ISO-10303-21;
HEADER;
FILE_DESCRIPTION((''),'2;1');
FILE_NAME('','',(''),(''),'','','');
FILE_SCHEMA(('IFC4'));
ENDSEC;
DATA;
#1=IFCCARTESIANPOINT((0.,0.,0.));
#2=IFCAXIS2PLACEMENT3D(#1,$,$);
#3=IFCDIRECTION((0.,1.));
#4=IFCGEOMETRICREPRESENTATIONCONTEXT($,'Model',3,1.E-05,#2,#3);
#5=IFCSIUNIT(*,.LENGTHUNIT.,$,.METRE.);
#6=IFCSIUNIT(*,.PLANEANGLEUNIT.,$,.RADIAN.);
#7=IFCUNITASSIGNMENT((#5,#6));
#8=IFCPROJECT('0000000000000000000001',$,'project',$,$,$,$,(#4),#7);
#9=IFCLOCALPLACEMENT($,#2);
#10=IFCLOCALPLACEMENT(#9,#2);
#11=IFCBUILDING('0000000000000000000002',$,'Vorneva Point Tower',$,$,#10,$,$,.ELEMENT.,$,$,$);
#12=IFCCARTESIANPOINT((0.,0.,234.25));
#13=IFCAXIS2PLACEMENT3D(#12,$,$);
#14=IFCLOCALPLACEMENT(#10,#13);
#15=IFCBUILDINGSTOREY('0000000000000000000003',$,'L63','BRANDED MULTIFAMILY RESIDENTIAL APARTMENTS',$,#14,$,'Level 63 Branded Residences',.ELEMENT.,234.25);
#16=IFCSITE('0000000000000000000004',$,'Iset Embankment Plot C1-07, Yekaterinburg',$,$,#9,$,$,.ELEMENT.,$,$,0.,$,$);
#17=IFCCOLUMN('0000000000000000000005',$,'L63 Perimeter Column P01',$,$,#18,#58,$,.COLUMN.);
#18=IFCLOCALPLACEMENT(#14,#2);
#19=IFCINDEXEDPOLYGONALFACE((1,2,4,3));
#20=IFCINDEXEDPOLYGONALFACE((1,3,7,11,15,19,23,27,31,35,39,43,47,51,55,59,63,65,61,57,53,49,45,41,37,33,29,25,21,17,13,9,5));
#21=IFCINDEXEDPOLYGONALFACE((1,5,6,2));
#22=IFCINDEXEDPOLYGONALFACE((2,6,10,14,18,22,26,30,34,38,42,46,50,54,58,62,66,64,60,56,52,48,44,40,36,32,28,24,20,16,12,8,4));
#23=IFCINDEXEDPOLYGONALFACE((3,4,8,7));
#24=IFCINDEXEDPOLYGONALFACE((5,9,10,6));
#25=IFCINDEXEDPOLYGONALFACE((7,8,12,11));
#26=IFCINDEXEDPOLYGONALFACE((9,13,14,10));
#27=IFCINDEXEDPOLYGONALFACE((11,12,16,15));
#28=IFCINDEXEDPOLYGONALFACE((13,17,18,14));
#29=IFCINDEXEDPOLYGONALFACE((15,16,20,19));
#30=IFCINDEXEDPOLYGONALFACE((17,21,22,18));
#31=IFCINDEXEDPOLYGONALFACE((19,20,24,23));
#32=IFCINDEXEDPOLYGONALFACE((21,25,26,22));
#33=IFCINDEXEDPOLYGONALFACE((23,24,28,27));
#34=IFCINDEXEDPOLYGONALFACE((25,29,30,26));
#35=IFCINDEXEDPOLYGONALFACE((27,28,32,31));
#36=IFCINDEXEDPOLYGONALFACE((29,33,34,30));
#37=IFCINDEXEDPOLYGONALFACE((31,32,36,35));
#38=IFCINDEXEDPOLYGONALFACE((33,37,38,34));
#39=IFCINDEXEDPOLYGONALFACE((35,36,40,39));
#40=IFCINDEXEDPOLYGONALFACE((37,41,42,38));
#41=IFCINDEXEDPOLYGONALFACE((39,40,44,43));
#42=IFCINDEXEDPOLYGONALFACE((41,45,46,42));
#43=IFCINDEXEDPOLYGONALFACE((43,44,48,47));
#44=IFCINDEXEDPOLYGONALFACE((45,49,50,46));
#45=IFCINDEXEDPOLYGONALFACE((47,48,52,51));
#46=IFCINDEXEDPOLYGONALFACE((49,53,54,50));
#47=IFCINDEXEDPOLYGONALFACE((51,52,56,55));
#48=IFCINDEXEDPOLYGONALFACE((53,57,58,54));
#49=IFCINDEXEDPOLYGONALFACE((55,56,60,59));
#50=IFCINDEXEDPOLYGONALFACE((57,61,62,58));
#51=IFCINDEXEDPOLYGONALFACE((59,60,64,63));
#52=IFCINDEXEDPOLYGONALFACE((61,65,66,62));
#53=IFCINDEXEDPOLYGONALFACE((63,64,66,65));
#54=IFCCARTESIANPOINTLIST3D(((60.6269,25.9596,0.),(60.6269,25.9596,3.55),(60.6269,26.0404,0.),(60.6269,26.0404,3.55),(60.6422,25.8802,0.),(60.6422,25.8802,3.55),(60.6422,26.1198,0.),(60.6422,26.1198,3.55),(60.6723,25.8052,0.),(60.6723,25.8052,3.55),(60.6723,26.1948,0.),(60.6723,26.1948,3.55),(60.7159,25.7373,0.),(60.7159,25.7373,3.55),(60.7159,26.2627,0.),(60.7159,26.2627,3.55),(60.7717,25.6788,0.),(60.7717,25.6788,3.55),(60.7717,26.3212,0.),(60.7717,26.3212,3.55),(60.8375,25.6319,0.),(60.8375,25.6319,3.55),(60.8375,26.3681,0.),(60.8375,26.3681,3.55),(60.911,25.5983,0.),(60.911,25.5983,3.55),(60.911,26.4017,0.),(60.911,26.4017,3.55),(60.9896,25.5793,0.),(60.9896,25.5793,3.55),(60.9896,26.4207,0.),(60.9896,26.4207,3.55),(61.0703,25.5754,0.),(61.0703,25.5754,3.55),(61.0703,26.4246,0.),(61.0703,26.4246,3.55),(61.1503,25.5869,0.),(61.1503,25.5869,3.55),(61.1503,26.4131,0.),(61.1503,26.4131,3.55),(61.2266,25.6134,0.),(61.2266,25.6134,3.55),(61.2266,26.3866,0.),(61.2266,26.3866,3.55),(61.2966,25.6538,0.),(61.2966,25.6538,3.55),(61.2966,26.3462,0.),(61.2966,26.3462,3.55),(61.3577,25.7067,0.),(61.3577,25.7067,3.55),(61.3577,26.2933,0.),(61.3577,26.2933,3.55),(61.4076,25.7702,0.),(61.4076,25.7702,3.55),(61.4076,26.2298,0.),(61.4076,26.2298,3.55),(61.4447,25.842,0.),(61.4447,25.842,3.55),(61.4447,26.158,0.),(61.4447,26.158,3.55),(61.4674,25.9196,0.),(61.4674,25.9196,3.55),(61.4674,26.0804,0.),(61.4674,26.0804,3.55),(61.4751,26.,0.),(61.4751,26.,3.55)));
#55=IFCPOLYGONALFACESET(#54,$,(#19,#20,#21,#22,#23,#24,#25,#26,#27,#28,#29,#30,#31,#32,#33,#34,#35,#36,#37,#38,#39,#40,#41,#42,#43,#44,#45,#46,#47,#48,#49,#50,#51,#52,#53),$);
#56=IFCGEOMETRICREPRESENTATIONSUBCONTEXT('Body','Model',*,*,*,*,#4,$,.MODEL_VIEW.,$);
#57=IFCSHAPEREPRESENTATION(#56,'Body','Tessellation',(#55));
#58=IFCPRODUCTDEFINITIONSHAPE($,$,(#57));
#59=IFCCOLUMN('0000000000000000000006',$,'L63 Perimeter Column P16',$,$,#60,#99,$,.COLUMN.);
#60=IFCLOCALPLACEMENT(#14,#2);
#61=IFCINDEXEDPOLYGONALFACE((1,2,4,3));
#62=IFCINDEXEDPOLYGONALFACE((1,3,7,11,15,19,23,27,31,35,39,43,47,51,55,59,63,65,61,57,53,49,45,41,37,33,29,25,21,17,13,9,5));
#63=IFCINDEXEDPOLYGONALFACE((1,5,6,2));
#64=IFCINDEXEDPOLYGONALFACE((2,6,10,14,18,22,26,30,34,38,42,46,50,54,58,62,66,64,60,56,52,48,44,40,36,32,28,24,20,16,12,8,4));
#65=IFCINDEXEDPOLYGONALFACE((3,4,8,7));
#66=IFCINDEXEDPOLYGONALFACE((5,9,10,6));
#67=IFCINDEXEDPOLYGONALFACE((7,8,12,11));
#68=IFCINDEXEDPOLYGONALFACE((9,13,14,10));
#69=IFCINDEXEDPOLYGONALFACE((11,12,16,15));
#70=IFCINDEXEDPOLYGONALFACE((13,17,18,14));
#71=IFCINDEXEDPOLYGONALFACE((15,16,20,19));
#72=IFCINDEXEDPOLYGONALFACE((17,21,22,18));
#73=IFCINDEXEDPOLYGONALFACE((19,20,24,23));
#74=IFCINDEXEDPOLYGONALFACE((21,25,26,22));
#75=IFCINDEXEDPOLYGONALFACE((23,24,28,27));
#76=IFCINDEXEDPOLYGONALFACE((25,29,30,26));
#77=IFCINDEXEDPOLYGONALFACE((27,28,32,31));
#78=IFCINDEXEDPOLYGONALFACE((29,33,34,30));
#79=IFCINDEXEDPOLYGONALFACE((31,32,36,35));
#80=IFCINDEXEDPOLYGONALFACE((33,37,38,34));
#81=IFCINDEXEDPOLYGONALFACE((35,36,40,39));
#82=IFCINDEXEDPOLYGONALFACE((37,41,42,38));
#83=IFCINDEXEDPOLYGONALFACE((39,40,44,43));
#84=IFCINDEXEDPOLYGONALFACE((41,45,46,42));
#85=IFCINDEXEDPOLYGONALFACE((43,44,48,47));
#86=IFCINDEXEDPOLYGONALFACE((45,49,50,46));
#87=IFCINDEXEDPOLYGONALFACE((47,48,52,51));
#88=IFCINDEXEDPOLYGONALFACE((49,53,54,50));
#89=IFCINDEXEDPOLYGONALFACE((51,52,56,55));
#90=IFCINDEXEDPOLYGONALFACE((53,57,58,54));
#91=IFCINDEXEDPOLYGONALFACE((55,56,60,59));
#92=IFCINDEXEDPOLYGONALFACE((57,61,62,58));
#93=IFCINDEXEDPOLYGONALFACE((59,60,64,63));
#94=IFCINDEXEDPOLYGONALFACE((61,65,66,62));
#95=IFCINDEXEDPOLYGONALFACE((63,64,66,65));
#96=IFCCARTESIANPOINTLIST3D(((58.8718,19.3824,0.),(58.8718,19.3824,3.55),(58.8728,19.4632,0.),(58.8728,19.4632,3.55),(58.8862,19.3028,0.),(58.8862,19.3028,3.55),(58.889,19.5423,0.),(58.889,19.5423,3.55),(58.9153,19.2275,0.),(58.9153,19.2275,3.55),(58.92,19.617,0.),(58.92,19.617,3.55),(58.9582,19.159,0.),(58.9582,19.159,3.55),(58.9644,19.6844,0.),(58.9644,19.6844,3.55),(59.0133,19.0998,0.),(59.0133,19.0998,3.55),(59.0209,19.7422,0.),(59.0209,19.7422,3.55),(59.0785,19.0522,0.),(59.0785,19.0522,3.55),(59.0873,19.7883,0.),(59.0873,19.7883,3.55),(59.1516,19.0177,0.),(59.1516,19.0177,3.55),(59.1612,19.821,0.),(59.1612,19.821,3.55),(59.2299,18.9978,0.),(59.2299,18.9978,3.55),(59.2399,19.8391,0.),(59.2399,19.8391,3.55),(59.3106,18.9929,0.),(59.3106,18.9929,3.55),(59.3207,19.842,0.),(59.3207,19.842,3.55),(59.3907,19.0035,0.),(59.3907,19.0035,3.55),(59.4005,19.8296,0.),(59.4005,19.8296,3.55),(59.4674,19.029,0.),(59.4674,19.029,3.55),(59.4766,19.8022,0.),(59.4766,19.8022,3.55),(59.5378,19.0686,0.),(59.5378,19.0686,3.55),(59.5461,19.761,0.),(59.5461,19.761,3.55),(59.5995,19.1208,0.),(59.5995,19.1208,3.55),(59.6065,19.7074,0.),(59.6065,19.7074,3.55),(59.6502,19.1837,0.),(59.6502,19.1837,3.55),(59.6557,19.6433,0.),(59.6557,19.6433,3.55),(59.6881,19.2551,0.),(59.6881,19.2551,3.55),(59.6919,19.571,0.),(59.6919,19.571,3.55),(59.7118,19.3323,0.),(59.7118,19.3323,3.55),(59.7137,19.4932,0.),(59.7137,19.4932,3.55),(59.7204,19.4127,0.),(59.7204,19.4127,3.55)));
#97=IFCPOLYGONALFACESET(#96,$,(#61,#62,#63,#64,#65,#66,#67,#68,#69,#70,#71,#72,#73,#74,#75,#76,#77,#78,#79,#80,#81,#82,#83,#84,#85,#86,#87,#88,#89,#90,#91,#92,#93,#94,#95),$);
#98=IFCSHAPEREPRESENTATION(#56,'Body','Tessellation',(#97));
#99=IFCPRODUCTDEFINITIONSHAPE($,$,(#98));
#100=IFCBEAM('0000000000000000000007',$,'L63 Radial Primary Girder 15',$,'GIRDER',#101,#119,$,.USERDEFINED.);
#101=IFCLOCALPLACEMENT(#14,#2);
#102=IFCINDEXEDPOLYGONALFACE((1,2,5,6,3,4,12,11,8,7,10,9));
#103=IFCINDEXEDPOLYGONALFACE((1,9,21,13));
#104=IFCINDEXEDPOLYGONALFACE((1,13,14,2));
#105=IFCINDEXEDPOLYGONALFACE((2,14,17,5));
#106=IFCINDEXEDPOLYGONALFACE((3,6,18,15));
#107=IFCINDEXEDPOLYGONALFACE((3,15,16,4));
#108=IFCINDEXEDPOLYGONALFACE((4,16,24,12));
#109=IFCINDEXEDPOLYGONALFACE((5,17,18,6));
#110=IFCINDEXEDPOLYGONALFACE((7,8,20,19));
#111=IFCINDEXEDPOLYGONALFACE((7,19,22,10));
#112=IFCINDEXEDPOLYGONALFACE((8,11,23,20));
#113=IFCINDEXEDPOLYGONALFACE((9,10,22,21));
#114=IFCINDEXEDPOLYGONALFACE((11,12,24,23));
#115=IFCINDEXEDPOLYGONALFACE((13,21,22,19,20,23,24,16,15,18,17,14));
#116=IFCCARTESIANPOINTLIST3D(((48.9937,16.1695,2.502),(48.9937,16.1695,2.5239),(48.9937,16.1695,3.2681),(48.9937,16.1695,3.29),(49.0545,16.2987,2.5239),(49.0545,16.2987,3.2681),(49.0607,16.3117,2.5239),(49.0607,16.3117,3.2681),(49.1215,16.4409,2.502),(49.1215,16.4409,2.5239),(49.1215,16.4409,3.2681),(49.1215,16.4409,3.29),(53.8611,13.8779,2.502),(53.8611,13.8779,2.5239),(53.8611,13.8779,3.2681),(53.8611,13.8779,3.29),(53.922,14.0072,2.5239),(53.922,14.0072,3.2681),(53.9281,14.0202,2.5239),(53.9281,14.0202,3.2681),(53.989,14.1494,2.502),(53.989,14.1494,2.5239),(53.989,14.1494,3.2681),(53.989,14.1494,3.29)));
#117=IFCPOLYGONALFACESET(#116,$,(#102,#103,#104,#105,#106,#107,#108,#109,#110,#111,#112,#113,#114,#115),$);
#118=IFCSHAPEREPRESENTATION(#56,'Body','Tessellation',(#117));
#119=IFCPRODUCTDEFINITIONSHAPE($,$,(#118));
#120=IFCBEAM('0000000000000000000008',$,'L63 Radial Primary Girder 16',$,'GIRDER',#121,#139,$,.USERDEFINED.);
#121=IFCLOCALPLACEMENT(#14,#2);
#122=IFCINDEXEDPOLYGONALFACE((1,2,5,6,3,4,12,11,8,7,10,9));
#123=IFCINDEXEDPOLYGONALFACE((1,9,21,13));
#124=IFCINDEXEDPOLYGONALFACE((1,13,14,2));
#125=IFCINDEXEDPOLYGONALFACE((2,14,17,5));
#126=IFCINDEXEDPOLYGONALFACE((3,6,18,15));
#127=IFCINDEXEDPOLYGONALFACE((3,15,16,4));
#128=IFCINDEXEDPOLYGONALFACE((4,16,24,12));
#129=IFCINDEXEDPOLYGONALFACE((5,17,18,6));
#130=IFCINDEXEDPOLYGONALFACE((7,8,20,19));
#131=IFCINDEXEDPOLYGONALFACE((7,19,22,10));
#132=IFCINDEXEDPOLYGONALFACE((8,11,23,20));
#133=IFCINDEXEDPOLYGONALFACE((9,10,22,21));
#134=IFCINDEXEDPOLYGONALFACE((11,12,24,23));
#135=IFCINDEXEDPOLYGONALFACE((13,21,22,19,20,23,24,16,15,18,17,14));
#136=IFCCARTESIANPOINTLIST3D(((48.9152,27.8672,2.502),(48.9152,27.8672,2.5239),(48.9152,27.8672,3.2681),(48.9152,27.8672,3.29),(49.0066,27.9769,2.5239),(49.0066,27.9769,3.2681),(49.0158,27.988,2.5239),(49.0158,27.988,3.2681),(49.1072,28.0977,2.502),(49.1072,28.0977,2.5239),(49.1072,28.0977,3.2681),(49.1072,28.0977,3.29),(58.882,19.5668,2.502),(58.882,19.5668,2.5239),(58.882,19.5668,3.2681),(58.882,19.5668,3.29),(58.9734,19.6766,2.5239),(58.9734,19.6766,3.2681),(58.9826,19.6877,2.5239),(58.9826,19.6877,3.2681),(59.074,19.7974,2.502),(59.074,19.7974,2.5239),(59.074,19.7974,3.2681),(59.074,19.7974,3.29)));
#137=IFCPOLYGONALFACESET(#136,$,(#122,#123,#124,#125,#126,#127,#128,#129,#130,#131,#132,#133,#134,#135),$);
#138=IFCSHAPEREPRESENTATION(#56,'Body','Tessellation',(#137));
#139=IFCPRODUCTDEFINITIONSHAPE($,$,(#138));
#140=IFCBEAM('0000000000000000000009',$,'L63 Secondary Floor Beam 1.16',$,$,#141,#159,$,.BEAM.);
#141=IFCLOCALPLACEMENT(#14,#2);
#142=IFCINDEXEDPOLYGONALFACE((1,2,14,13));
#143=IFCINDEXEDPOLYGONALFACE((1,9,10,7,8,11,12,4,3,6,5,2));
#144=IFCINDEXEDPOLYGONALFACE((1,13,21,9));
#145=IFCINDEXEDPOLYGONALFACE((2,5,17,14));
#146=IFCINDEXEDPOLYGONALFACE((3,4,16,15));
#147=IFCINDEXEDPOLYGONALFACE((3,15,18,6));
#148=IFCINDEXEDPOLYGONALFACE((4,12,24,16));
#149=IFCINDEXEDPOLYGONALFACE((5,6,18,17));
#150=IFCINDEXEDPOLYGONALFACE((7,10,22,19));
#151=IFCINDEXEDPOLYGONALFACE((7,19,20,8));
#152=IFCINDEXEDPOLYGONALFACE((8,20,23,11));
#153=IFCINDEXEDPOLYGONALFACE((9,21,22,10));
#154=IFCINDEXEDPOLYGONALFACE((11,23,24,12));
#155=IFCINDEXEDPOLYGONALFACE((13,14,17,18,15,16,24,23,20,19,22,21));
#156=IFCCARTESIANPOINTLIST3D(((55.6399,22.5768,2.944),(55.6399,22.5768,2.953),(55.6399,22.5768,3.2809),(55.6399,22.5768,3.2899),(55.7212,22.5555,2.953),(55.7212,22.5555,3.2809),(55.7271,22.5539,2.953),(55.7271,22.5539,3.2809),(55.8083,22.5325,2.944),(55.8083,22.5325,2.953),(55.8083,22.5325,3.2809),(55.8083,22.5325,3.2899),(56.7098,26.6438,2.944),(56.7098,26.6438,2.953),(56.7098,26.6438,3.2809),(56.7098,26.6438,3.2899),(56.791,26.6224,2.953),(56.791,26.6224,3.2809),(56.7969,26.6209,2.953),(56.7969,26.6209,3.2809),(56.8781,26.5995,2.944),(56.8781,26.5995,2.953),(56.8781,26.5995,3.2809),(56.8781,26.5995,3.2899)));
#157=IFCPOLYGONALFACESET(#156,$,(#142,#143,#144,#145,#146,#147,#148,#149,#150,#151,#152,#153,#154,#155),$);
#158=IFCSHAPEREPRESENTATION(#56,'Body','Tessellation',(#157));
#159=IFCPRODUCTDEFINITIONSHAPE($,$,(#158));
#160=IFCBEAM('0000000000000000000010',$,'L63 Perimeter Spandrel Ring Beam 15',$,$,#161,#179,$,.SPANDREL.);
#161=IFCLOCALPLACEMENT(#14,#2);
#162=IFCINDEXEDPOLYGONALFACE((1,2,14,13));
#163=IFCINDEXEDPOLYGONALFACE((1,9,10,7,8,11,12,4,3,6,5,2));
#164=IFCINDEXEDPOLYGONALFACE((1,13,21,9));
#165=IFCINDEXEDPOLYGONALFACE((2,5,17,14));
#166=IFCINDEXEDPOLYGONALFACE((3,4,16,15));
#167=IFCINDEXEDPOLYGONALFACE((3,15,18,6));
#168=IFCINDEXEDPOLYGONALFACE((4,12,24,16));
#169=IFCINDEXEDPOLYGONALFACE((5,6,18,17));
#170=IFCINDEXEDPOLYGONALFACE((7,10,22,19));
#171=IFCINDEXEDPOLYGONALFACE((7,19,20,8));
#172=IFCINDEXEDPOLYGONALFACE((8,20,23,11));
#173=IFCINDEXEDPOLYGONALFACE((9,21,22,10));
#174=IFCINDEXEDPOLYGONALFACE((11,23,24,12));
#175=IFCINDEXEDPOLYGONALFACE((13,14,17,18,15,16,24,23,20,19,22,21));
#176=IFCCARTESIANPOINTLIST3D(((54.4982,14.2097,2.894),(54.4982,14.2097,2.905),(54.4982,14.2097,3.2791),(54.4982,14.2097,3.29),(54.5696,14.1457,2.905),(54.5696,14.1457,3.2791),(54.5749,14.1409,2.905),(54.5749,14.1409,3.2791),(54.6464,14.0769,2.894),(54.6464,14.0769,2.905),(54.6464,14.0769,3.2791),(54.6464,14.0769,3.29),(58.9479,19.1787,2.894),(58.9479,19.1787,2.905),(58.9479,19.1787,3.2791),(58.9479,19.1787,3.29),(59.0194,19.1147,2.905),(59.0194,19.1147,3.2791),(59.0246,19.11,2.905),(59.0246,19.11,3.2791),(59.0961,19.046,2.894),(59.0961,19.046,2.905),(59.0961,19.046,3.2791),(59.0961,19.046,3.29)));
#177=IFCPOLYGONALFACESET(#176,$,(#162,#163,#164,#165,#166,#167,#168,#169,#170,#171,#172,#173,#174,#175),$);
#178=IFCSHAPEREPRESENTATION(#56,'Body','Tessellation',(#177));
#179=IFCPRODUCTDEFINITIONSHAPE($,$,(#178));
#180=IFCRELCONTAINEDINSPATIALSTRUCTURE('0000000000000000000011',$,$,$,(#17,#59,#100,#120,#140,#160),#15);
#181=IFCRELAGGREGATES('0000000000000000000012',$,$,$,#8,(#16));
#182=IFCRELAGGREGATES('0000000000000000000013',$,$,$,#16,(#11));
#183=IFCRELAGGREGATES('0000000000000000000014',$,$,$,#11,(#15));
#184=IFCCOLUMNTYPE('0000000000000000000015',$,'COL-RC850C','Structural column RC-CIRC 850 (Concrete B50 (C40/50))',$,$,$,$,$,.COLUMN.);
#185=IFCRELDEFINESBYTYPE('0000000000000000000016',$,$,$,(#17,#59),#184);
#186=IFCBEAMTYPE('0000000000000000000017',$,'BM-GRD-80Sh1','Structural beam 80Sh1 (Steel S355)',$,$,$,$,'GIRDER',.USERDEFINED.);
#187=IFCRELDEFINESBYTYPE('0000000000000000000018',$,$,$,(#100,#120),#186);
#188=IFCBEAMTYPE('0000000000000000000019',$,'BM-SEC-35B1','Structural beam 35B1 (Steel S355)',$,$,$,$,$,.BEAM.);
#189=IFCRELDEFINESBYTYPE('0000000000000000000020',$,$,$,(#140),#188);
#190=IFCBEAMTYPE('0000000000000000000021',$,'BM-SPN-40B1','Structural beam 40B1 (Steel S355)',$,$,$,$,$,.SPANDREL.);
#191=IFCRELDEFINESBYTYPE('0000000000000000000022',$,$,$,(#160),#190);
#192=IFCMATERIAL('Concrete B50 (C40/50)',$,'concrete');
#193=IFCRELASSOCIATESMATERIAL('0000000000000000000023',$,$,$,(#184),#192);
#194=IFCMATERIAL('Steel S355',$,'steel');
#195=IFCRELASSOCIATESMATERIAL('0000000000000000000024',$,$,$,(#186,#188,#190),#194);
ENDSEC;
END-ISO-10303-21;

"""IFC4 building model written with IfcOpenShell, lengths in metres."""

from ifc_helpers import new_model, si_unit, direction, frame, origin, origin_2d, place, context, subcontext, project, spatial, circle, i_section, extrude, material, material_profile, profile_set, type_object, element, save


model = new_model("IFC4")

# Units and contexts
model_context = context("Model", 3, precision=1e-05, world=origin(), true_north=direction((0.0, 1.0)))
body_context = subcontext(model_context, "Body", "Model", "MODEL_VIEW")
ifc_project = project(units=[si_unit("LENGTHUNIT", "METRE"), si_unit("PLANEANGLEUNIT", "RADIAN")], contexts=[model_context])

# Site, building, storey
site_placement = place(None, origin())
site = spatial("IfcSite", under=ifc_project, at=site_placement, Name="Iset Embankment Plot C1-07, Yekaterinburg", CompositionType="ELEMENT", RefElevation=0.0)
building_placement = place(site_placement, origin())
building = spatial("IfcBuilding", under=site, at=building_placement, Name="Vorneva Point Tower", CompositionType="ELEMENT")
storey_placement = place(building_placement, frame((0.0, 0.0, 234.25)))
storey = spatial("IfcBuildingStorey", under=building, at=storey_placement, Name="L63", Description="BRANDED MULTIFAMILY RESIDENTIAL APARTMENTS", LongName="Level 63 Branded Residences", CompositionType="ELEMENT", Elevation=234.25)

# Columns
ifc_material_1 = material(Name="Concrete B50 (C40/50)", Category="concrete")
ifc_material_profile_1 = material_profile(ifc_material_1, circle(Radius=0.425, at=origin_2d()), Name="RC-CIRC 850")
ifc_profile_set_1 = profile_set([ifc_material_profile_1], Name="Concrete B50 (C40/50)")
column_type = type_object("IfcColumnType", Name="COL-RC850C", Description="Structural column RC-CIRC 850 (Concrete B50 (C40/50))", PredefinedType="COLUMN", material=ifc_profile_set_1)
for number, where, z_axis, x_axis, name in (
    (1, (61.05, 26.0, 0.0), (0.0, 0.0, 1.0), (1.0, 0.0, 0.0), "L63 Perimeter Column P01"),
    (2, (59.2954, 19.4177, 0.0), (0.0, 0.0, 1.0), (0.92388, -0.382683, 0.0), "L63 Perimeter Column P16"),
):
    element("IfcColumn", number, at=place(storey_placement, frame(where, z_axis=z_axis, x_axis=x_axis)), inside=storey, type_object=column_type, Name=name, PredefinedType="COLUMN", context=body_context, shape_type="SweptSolid", body=[
        extrude(circle(Radius=0.425, at=origin_2d()), origin(), (0.0, 0.0, 1.0), 3.55),
    ])

# Beams
ifc_material_2 = material(Name="Steel S355", Category="steel")
ifc_material_profile_2 = material_profile(ifc_material_2, i_section(OverallWidth=0.3, OverallDepth=0.7881, WebThickness=0.0144, FlangeThickness=0.022, at=origin_2d()), Name="80Sh1")
ifc_profile_set_2 = profile_set([ifc_material_profile_2], Name="Steel S355")
beam_type_1 = type_object("IfcBeamType", Name="BM-GRD-80Sh1", Description="Structural beam 80Sh1 (Steel S355)", ElementType="GIRDER", PredefinedType="USERDEFINED", material=ifc_profile_set_2)
beam_1_placement = place(storey_placement, frame((53.925, 14.0137, 2.896), z_axis=(-0.904751, 0.425941, 0.0), x_axis=(-0.425941, -0.904751, 0.0)))
element("IfcBeam", 3, at=beam_1_placement, inside=storey, type_object=beam_type_1, Name="L63 Radial Primary Girder 15", ObjectType="GIRDER", PredefinedType="USERDEFINED", context=body_context, shape_type="SweptSolid", body=[
    extrude(i_section(OverallWidth=0.3, OverallDepth=0.7881, WebThickness=0.0144, FlangeThickness=0.022, at=origin_2d()), origin(), (0.0, 0.0, 1.0), 5.3799),
])
beam_2_placement = place(storey_placement, frame((58.978, 19.6821, 2.896), z_axis=(-0.768425, 0.63994, 0.0), x_axis=(-0.63994, -0.768425, 0.0)))
element("IfcBeam", 4, at=beam_2_placement, inside=storey, type_object=beam_type_1, Name="L63 Radial Primary Girder 16", ObjectType="GIRDER", PredefinedType="USERDEFINED", context=body_context, shape_type="SweptSolid", body=[
    extrude(i_section(OverallWidth=0.3, OverallDepth=0.7881, WebThickness=0.0144, FlangeThickness=0.022, at=origin_2d()), origin(), (0.0, 0.0, 1.0), 12.9705),
])
ifc_material_profile_3 = material_profile(ifc_material_2, i_section(OverallWidth=0.1741, OverallDepth=0.3459, WebThickness=0.0061, FlangeThickness=0.009, at=origin_2d()), Name="35B1")
ifc_profile_set_3 = profile_set([ifc_material_profile_3], Name="Steel S355")
beam_type_2 = type_object("IfcBeamType", Name="BM-SEC-35B1", Description="Structural beam 35B1 (Steel S355)", PredefinedType="BEAM", material=ifc_profile_set_3)
beam_3_placement = place(storey_placement, frame((55.7241, 22.5547, 3.1169), z_axis=(0.254402, 0.967099, 0.0), x_axis=(-0.967099, 0.254402, 0.0)))
element("IfcBeam", 5, at=beam_3_placement, inside=storey, type_object=beam_type_2, Name="L63 Secondary Floor Beam 1.16", PredefinedType="BEAM", context=body_context, shape_type="SweptSolid", body=[
    extrude(i_section(OverallWidth=0.1741, OverallDepth=0.3459, WebThickness=0.0061, FlangeThickness=0.009, at=origin_2d()), origin(), (0.0, 0.0, 1.0), 4.2053),
])
ifc_material_profile_4 = material_profile(ifc_material_2, i_section(OverallWidth=0.199, OverallDepth=0.396, WebThickness=0.0071, FlangeThickness=0.011, at=origin_2d()), Name="40B1")
ifc_profile_set_4 = profile_set([ifc_material_profile_4], Name="Steel S355")
beam_type_3 = type_object("IfcBeamType", Name="BM-SPN-40B1", Description="Structural beam 40B1 (Steel S355)", PredefinedType="SPANDREL", material=ifc_profile_set_4)
beam_4_placement = place(storey_placement, frame((54.5723, 14.1433, 3.092), z_axis=(0.667108, 0.744961, 0.0), x_axis=(-0.744961, 0.667108, 0.0)))
element("IfcBeam", 6, at=beam_4_placement, inside=storey, type_object=beam_type_3, Name="L63 Perimeter Spandrel Ring Beam 15", PredefinedType="SPANDREL", context=body_context, shape_type="SweptSolid", body=[
    extrude(i_section(OverallWidth=0.199, OverallDepth=0.396, WebThickness=0.0071, FlangeThickness=0.011, at=origin_2d()), origin(), (0.0, 0.0, 1.0), 6.6702),
])

save(model, "model.ifc")
